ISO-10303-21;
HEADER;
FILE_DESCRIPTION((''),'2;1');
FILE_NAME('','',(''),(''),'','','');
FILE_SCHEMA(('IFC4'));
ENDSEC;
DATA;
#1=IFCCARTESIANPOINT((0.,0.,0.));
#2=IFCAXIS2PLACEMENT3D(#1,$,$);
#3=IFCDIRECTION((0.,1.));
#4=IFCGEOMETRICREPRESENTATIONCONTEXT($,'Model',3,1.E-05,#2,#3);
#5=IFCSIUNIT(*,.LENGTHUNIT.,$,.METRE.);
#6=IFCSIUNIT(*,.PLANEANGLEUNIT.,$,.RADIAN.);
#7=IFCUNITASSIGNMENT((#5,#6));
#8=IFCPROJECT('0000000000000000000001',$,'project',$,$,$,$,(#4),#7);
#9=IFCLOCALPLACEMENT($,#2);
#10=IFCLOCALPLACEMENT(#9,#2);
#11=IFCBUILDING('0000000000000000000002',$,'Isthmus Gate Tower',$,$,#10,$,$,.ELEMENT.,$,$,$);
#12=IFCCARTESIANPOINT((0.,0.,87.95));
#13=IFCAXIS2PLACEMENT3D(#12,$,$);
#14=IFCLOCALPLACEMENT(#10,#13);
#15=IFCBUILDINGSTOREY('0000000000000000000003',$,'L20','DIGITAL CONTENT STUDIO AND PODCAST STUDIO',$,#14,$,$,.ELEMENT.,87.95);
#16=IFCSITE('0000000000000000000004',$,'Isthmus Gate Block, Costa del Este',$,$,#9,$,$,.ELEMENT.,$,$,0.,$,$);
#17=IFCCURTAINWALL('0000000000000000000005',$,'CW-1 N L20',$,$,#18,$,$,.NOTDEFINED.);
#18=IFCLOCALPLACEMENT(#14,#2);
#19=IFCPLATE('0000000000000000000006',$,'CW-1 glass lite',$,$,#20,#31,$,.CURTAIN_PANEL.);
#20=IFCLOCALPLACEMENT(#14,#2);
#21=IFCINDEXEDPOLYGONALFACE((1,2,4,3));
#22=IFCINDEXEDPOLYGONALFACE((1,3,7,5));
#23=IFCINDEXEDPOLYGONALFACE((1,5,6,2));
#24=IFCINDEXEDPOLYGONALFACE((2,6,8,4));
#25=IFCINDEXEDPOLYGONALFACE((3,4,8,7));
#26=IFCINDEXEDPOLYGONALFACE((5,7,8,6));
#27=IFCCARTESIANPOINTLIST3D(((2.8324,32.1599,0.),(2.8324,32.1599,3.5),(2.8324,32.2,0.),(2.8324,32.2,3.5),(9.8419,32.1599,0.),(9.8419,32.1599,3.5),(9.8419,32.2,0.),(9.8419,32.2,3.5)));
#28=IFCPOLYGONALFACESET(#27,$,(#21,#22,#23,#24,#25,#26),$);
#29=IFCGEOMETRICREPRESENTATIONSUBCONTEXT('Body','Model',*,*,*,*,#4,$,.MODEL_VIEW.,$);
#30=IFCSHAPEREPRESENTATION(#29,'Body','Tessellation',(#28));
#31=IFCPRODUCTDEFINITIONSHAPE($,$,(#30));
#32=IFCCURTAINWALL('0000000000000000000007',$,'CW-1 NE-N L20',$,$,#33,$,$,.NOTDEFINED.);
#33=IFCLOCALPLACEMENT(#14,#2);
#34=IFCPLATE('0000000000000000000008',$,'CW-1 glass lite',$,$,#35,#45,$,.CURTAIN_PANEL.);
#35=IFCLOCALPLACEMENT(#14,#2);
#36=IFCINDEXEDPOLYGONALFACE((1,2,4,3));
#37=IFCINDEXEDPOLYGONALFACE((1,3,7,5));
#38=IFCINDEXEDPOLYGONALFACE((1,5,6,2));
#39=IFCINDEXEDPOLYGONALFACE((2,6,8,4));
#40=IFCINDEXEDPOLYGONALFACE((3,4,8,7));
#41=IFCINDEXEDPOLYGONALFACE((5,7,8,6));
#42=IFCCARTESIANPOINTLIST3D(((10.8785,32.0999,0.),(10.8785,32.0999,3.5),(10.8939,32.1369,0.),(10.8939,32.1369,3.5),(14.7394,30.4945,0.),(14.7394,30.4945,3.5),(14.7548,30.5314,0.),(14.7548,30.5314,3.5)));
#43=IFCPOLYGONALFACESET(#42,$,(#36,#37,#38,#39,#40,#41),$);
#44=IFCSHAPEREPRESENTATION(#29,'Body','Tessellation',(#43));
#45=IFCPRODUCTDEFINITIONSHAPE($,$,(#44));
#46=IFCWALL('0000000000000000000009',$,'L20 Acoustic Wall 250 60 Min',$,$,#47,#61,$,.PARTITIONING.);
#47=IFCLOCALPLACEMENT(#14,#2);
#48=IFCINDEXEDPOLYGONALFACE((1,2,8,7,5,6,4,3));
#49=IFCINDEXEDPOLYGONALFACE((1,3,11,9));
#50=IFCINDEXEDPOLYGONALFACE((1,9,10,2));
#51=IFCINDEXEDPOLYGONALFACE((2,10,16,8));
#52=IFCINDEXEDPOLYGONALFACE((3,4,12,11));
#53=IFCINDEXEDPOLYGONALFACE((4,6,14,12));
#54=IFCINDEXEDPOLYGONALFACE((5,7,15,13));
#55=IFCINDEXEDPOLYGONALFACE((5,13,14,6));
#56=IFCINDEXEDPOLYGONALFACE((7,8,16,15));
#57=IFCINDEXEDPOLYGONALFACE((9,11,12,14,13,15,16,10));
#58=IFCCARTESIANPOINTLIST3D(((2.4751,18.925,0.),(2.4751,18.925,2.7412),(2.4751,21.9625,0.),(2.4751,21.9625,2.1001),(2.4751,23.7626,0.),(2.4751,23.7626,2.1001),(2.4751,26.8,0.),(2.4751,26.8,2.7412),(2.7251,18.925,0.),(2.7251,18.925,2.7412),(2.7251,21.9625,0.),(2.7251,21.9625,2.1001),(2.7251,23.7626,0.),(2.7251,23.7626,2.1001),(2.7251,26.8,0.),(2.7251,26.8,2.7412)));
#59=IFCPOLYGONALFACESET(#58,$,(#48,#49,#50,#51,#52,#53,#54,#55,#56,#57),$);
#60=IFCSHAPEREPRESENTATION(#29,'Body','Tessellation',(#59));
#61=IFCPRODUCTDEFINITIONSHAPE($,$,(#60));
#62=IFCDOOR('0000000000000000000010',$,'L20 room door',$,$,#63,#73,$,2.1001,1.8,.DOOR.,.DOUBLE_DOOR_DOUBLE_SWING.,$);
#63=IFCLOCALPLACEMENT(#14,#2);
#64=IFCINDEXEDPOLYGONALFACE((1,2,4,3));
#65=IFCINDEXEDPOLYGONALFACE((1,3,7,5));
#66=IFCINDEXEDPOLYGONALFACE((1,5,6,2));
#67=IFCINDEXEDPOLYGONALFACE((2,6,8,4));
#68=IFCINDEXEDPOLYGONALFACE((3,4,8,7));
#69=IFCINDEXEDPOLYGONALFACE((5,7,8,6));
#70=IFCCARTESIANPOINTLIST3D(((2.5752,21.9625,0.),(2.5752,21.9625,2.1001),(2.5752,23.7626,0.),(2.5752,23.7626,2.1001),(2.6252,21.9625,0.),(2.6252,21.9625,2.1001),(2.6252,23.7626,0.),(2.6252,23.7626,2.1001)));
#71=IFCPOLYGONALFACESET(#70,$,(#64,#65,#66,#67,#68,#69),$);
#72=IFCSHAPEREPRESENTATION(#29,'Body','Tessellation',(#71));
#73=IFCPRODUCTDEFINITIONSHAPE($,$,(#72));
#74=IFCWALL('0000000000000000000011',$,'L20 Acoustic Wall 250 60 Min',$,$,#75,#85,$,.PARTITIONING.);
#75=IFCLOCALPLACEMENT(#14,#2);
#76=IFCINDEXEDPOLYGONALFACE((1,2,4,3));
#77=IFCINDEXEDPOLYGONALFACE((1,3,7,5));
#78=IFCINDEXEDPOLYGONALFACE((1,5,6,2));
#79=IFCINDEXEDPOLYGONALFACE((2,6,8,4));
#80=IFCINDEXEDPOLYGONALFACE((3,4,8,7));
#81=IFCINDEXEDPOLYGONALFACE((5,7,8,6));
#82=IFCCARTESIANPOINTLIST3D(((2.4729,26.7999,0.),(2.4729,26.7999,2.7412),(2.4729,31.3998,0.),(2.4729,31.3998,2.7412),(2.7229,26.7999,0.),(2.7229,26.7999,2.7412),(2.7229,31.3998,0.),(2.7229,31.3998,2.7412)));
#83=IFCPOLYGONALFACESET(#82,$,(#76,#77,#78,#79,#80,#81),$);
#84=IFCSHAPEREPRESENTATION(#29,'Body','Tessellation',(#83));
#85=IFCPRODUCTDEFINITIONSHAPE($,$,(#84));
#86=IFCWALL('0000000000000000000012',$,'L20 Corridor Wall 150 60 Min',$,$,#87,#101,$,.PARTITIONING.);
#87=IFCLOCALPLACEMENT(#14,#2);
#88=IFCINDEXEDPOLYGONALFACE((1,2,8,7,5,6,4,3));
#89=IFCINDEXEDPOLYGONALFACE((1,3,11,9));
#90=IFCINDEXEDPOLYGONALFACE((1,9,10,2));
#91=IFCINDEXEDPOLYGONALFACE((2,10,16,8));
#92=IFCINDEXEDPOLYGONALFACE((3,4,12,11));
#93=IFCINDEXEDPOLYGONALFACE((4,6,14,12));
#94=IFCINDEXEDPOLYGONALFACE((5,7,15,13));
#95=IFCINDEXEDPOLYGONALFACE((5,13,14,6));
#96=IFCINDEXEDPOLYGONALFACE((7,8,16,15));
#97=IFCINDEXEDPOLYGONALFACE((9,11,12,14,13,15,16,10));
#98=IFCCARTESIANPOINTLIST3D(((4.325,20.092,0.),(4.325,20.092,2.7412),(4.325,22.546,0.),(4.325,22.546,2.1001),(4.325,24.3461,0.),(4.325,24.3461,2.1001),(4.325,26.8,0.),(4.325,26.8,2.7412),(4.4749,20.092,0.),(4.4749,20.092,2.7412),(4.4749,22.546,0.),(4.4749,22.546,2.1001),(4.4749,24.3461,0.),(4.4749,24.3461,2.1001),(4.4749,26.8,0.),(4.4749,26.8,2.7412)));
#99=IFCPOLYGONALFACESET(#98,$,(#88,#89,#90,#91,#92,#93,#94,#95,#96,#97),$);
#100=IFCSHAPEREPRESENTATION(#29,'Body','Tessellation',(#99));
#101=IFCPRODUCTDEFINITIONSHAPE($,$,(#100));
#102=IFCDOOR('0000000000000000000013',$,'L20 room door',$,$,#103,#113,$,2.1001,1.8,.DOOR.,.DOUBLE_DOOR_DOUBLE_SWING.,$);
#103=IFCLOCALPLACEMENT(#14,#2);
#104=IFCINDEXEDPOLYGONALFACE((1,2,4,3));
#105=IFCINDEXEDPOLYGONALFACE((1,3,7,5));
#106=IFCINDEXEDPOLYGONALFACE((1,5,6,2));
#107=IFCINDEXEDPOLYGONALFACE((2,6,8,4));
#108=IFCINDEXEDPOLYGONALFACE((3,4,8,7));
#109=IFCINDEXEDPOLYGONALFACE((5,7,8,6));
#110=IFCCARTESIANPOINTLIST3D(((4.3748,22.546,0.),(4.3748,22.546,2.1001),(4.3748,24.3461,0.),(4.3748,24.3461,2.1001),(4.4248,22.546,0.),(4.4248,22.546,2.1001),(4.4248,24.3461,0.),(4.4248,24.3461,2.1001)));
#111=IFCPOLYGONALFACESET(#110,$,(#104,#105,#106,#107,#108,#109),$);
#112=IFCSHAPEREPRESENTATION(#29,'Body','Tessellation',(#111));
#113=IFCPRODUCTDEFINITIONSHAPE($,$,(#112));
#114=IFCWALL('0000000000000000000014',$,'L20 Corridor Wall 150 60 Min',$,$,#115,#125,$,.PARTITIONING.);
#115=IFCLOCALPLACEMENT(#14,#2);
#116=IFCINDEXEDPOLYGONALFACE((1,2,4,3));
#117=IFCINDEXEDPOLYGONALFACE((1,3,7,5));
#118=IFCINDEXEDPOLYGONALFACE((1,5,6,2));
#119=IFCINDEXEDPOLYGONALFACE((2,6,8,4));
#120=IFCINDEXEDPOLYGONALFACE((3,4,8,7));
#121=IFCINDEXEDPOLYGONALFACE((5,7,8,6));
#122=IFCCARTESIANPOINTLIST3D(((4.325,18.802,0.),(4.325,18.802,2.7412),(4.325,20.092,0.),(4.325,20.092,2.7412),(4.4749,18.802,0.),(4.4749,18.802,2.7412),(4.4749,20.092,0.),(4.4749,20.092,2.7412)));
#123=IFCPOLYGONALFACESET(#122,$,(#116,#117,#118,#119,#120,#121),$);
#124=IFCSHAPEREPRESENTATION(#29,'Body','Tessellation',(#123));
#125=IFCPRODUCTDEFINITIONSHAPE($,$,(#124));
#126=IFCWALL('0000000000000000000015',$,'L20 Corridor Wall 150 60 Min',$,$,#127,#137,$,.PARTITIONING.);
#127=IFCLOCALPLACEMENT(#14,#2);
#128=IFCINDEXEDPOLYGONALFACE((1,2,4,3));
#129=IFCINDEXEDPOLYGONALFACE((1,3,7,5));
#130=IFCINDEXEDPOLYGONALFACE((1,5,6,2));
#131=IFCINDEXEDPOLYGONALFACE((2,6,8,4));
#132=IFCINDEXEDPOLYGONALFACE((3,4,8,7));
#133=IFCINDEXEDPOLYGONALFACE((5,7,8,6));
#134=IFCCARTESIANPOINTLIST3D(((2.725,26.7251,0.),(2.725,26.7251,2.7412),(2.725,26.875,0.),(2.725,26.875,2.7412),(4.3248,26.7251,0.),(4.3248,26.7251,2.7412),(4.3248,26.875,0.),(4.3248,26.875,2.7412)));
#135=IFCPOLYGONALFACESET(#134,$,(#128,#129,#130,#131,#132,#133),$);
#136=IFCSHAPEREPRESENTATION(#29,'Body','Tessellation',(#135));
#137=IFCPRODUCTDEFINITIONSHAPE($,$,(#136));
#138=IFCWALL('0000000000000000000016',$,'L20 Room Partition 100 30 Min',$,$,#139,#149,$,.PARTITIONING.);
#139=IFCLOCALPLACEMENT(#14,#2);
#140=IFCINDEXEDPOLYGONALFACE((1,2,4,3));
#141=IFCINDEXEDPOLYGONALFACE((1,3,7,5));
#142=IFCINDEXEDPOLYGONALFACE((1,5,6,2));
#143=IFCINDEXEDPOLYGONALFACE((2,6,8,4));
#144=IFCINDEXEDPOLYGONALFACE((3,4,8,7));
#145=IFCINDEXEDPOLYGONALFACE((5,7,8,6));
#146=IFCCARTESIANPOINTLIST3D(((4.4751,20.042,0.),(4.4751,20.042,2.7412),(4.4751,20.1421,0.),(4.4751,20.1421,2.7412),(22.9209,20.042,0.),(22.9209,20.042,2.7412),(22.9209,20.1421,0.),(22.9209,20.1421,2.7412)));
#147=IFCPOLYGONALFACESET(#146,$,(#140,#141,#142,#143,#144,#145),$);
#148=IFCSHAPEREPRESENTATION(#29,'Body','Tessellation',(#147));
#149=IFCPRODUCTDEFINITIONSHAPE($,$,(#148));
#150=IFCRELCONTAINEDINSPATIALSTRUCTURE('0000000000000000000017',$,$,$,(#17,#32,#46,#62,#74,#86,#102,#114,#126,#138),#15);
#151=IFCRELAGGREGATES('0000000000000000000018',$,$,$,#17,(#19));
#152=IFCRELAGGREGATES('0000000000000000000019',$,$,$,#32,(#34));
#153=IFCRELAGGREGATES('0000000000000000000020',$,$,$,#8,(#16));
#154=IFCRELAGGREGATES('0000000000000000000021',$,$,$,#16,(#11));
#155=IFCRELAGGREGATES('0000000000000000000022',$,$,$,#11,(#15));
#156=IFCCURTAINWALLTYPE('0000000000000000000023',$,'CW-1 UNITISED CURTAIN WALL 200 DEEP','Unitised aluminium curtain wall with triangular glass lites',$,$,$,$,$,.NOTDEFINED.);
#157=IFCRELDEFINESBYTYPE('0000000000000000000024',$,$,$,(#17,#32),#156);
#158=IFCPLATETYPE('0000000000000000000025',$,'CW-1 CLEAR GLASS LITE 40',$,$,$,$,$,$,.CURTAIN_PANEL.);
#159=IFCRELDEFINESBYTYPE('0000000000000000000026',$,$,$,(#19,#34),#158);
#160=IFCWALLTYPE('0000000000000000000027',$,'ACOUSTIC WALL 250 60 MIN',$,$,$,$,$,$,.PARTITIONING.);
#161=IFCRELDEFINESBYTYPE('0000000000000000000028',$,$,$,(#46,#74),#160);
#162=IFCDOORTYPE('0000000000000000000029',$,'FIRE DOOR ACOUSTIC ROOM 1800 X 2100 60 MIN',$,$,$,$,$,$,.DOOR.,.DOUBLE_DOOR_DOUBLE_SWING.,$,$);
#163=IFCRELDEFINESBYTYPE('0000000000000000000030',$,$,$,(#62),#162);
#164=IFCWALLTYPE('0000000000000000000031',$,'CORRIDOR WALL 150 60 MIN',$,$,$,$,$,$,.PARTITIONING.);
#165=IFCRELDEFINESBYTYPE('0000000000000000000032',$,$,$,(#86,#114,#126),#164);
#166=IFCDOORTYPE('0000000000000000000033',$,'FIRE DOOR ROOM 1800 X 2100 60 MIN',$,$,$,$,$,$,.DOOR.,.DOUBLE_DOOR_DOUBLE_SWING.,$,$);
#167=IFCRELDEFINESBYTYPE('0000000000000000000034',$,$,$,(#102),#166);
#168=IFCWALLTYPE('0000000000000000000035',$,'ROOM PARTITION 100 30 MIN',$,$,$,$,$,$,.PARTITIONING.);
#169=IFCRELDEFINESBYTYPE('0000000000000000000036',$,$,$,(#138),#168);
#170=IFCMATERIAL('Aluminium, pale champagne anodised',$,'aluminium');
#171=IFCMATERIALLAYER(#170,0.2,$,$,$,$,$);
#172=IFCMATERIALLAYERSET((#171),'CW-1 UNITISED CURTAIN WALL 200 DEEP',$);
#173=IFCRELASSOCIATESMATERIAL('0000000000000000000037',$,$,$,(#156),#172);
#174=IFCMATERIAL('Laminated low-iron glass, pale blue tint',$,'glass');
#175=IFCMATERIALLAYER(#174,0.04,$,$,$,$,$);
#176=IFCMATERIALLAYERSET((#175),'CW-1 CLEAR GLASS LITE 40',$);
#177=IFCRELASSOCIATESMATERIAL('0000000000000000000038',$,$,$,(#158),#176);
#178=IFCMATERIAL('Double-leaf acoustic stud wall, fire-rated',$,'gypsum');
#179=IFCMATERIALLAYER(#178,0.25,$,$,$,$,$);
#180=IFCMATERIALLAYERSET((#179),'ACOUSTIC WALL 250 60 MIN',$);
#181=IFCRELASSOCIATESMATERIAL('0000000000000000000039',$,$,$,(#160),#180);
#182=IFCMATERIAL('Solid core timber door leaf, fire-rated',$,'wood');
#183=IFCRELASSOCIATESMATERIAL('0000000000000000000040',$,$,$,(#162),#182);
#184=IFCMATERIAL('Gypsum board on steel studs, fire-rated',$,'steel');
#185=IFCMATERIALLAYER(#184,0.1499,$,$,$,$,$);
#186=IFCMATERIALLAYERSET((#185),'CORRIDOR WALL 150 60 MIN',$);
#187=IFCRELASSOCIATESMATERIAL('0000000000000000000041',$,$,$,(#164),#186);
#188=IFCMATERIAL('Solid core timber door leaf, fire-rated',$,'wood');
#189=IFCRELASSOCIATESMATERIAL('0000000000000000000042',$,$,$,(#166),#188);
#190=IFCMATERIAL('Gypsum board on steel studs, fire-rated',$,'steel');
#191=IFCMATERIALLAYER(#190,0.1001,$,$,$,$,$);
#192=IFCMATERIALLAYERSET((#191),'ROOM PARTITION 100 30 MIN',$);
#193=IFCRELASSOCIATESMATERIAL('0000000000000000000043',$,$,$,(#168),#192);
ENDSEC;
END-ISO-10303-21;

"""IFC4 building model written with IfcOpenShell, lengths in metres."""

from ifc_helpers import new_model, si_unit, direction, frame, frame_2d, origin, origin_2d, place, context, subcontext, project, spatial, rectangle, extrude, material, layer, layer_set, type_object, element, fill, aggregate, save


model = new_model("IFC4")

# Units and contexts
model_context = context("Model", 3, precision=1e-05, world=origin(), true_north=direction((0.0, 1.0)))
body_context = subcontext(model_context, "Body", "Model", "MODEL_VIEW")
ifc_project = project(units=[si_unit("LENGTHUNIT", "METRE"), si_unit("PLANEANGLEUNIT", "RADIAN")], contexts=[model_context])

# Site, building, storey
site_placement = place(None, origin())
site = spatial("IfcSite", under=ifc_project, at=site_placement, Name="Isthmus Gate Block, Costa del Este", CompositionType="ELEMENT", RefElevation=0.0)
building_placement = place(site_placement, origin())
building = spatial("IfcBuilding", under=site, at=building_placement, Name="Isthmus Gate Tower", CompositionType="ELEMENT")
storey_placement = place(building_placement, frame((0.0, 0.0, 87.95)))
storey = spatial("IfcBuildingStorey", under=building, at=storey_placement, Name="L20", Description="DIGITAL CONTENT STUDIO AND PODCAST STUDIO", CompositionType="ELEMENT", Elevation=87.95)

# Curtain wall
ifc_material_1 = material(Name="Aluminium, pale champagne anodised", Category="aluminium")
ifc_layer_1 = layer(ifc_material_1, 0.2)
ifc_layer_set_1 = layer_set([ifc_layer_1], Name="CW-1 UNITISED CURTAIN WALL 200 DEEP")
curtain_wall_type = type_object("IfcCurtainWallType", Name="CW-1 UNITISED CURTAIN WALL 200 DEEP", Description="Unitised aluminium curtain wall with triangular glass lites", PredefinedType="NOTDEFINED", material=ifc_layer_set_1)
curtain_wall_1_placement = place(storey_placement, origin())
curtain_wall_1 = element("IfcCurtainWall", 1, at=curtain_wall_1_placement, inside=storey, type_object=curtain_wall_type, Name="CW-1 N L20", PredefinedType="NOTDEFINED")

# Plate
ifc_material_2 = material(Name="Laminated low-iron glass, pale blue tint", Category="glass")
ifc_layer_2 = layer(ifc_material_2, 0.04)
ifc_layer_set_2 = layer_set([ifc_layer_2], Name="CW-1 CLEAR GLASS LITE 40")
plate_type = type_object("IfcPlateType", Name="CW-1 CLEAR GLASS LITE 40", PredefinedType="CURTAIN_PANEL", material=ifc_layer_set_2)
plate_1_placement = place(storey_placement, frame((6.3372, 32.1799, 0.0), z_axis=(0.0, 0.0, 1.0), x_axis=(-1.0, 0.0, 0.0)))
plate_1 = element("IfcPlate", 2, at=plate_1_placement, type_object=plate_type, Name="CW-1 glass lite", PredefinedType="CURTAIN_PANEL", context=body_context, shape_type="SweptSolid", body=[
    extrude(rectangle(XDim=7.0095, YDim=0.04, at=origin_2d()), origin(), (0.0, 0.0, 1.0), 3.5),
])
aggregate(curtain_wall_1, [plate_1])

# Curtain wall, plate
curtain_wall_2_placement = place(storey_placement, origin())
curtain_wall_2 = element("IfcCurtainWall", 3, at=curtain_wall_2_placement, inside=storey, type_object=curtain_wall_type, Name="CW-1 NE-N L20", PredefinedType="NOTDEFINED")
plate_2_placement = place(storey_placement, frame((12.8167, 31.3157, 0.0), z_axis=(0.0, 0.0, 1.0), x_axis=(-0.923353, 0.383952, 0.0)))
plate_2 = element("IfcPlate", 4, at=plate_2_placement, type_object=plate_type, Name="CW-1 glass lite", PredefinedType="CURTAIN_PANEL", context=body_context, shape_type="SweptSolid", body=[
    extrude(rectangle(XDim=4.1814, YDim=0.04, at=origin_2d()), origin(), (0.0, 0.0, 1.0), 3.5),
])
aggregate(curtain_wall_2, [plate_2])

# Wall, opening, door
ifc_material_3 = material(Name="Double-leaf acoustic stud wall, fire-rated", Category="gypsum")
ifc_layer_3 = layer(ifc_material_3, 0.25)
ifc_layer_set_3 = layer_set([ifc_layer_3], Name="ACOUSTIC WALL 250 60 MIN")
wall_type_1 = type_object("IfcWallType", Name="ACOUSTIC WALL 250 60 MIN", PredefinedType="PARTITIONING", material=ifc_layer_set_3)
wall_1_placement = place(storey_placement, frame((2.6001, 18.925, 0.0), z_axis=(0.0, 0.0, 1.0), x_axis=(0.0, 1.0, 0.0)))
wall_1 = element("IfcWall", 5, at=wall_1_placement, inside=storey, type_object=wall_type_1, Name="L20 Acoustic Wall 250 60 Min", PredefinedType="PARTITIONING", context=body_context, shape_type="SweptSolid", body=[
    extrude(rectangle(XDim=7.875, YDim=0.25, at=frame_2d((3.9375, 0.0))), origin(), (0.0, 0.0, 1.0), 2.7412),
])
opening_1_placement = place(wall_1_placement, frame((3.0376, 0.0, 0.0)))
opening_1 = element("IfcOpeningElement", 6, at=opening_1_placement, cuts=wall_1, PredefinedType="OPENING", context=body_context, shape_type="SweptSolid", body=[
    extrude(rectangle(XDim=1.8, YDim=2.1001, at=frame_2d((0.8999, 1.05))), frame((0.0, 0.135, 0.0), z_axis=(0.0, -1.0, 0.0), x_axis=(1.0, 0.0, 0.0)), (0.0, 0.0, 1.0), 0.27),
])
ifc_material_4 = material(Name="Solid core timber door leaf, fire-rated", Category="wood")
door_type_1 = type_object("IfcDoorType", Name="FIRE DOOR ACOUSTIC ROOM 1800 X 2100 60 MIN", OperationType="DOUBLE_DOOR_DOUBLE_SWING", PredefinedType="DOOR", material=ifc_material_4)
door_1_placement = place(opening_1_placement, origin())
door_1 = element("IfcDoor", 7, at=door_1_placement, inside=storey, type_object=door_type_1, Name="L20 room door", OperationType="DOUBLE_DOOR_DOUBLE_SWING", OverallHeight=2.1001, OverallWidth=1.8, PredefinedType="DOOR", context=body_context, shape_type="SweptSolid", body=[
    extrude(rectangle(XDim=1.8, YDim=2.1001, at=frame_2d((0.8999, 1.05))), frame((0.0, 0.0249, 0.0), z_axis=(0.0, -1.0, 0.0), x_axis=(1.0, 0.0, 0.0)), (0.0, 0.0, 1.0), 0.05),
])
fill(opening_1, door_1)

# Wall
wall_2_placement = place(storey_placement, frame((2.5979, 26.8, 0.0), z_axis=(0.0, 0.0, 1.0), x_axis=(0.0, 1.0, 0.0)))
element("IfcWall", 8, at=wall_2_placement, inside=storey, type_object=wall_type_1, Name="L20 Acoustic Wall 250 60 Min", PredefinedType="PARTITIONING", context=body_context, shape_type="SweptSolid", body=[
    extrude(rectangle(XDim=4.5999, YDim=0.25, at=frame_2d((2.2998, 0.0))), origin(), (0.0, 0.0, 1.0), 2.7412),
])

# Wall, opening, door
ifc_material_5 = material(Name="Gypsum board on steel studs, fire-rated", Category="steel")
ifc_layer_4 = layer(ifc_material_5, 0.1499)
ifc_layer_set_4 = layer_set([ifc_layer_4], Name="CORRIDOR WALL 150 60 MIN")
wall_type_2 = type_object("IfcWallType", Name="CORRIDOR WALL 150 60 MIN", PredefinedType="PARTITIONING", material=ifc_layer_set_4)
wall_3_placement = place(storey_placement, frame((4.3999, 26.8, 0.0), z_axis=(0.0, 0.0, 1.0), x_axis=(0.0, -1.0, 0.0)))
wall_3 = element("IfcWall", 9, at=wall_3_placement, inside=storey, type_object=wall_type_2, Name="L20 Corridor Wall 150 60 Min", PredefinedType="PARTITIONING", context=body_context, shape_type="SweptSolid", body=[
    extrude(rectangle(XDim=6.708, YDim=0.1499, at=frame_2d((3.354, 0.0))), origin(), (0.0, 0.0, 1.0), 2.7412),
])
opening_2_placement = place(wall_3_placement, frame((2.4541, 0.0, 0.0)))
opening_2 = element("IfcOpeningElement", 10, at=opening_2_placement, cuts=wall_3, PredefinedType="OPENING", context=body_context, shape_type="SweptSolid", body=[
    extrude(rectangle(XDim=1.8, YDim=2.1001, at=frame_2d((0.8999, 1.05))), frame((0.0, 0.085, 0.0), z_axis=(0.0, -1.0, 0.0), x_axis=(1.0, 0.0, 0.0)), (0.0, 0.0, 1.0), 0.1699),
])
ifc_material_6 = material(Name="Solid core timber door leaf, fire-rated", Category="wood")
door_type_2 = type_object("IfcDoorType", Name="FIRE DOOR ROOM 1800 X 2100 60 MIN", OperationType="DOUBLE_DOOR_DOUBLE_SWING", PredefinedType="DOOR", material=ifc_material_6)
door_2_placement = place(opening_2_placement, origin())
door_2 = element("IfcDoor", 11, at=door_2_placement, inside=storey, type_object=door_type_2, Name="L20 room door", OperationType="DOUBLE_DOOR_DOUBLE_SWING", OverallHeight=2.1001, OverallWidth=1.8, PredefinedType="DOOR", context=body_context, shape_type="SweptSolid", body=[
    extrude(rectangle(XDim=1.8, YDim=2.1001, at=frame_2d((0.8999, 1.05))), frame((0.0, 0.0249, 0.0), z_axis=(0.0, -1.0, 0.0), x_axis=(1.0, 0.0, 0.0)), (0.0, 0.0, 1.0), 0.05),
])
fill(opening_2, door_2)

# Walls
wall_4_placement = place(storey_placement, frame((4.3999, 20.092, 0.0), z_axis=(0.0, 0.0, 1.0), x_axis=(0.0, -1.0, 0.0)))
element("IfcWall", 12, at=wall_4_placement, inside=storey, type_object=wall_type_2, Name="L20 Corridor Wall 150 60 Min", PredefinedType="PARTITIONING", context=body_context, shape_type="SweptSolid", body=[
    extrude(rectangle(XDim=1.29, YDim=0.1499, at=frame_2d((0.645, 0.0))), origin(), (0.0, 0.0, 1.0), 2.7412),
])
wall_5_placement = place(storey_placement, frame((2.7251, 26.8, 0.0), z_axis=(0.0, 0.0, 1.0), x_axis=(1.0, 0.0, 0.0)))
element("IfcWall", 13, at=wall_5_placement, inside=storey, type_object=wall_type_2, Name="L20 Corridor Wall 150 60 Min", PredefinedType="PARTITIONING", context=body_context, shape_type="SweptSolid", body=[
    extrude(rectangle(XDim=1.5999, YDim=0.1499, at=frame_2d((0.7998, 0.0))), origin(), (0.0, 0.0, 1.0), 2.7412),
])
ifc_material_7 = material(Name="Gypsum board on steel studs, fire-rated", Category="steel")
ifc_layer_5 = layer(ifc_material_7, 0.1001)
ifc_layer_set_5 = layer_set([ifc_layer_5], Name="ROOM PARTITION 100 30 MIN")
wall_type_3 = type_object("IfcWallType", Name="ROOM PARTITION 100 30 MIN", PredefinedType="PARTITIONING", material=ifc_layer_set_5)
wall_6_placement = place(storey_placement, frame((4.4751, 20.092, 0.0), z_axis=(0.0, 0.0, 1.0), x_axis=(1.0, 0.0, 0.0)))
element("IfcWall", 14, at=wall_6_placement, inside=storey, type_object=wall_type_3, Name="L20 Room Partition 100 30 Min", PredefinedType="PARTITIONING", context=body_context, shape_type="SweptSolid", body=[
    extrude(rectangle(XDim=18.4458, YDim=0.1001, at=frame_2d((9.2229, 0.0))), origin(), (0.0, 0.0, 1.0), 2.7412),
])

save(model, "model.ifc")
